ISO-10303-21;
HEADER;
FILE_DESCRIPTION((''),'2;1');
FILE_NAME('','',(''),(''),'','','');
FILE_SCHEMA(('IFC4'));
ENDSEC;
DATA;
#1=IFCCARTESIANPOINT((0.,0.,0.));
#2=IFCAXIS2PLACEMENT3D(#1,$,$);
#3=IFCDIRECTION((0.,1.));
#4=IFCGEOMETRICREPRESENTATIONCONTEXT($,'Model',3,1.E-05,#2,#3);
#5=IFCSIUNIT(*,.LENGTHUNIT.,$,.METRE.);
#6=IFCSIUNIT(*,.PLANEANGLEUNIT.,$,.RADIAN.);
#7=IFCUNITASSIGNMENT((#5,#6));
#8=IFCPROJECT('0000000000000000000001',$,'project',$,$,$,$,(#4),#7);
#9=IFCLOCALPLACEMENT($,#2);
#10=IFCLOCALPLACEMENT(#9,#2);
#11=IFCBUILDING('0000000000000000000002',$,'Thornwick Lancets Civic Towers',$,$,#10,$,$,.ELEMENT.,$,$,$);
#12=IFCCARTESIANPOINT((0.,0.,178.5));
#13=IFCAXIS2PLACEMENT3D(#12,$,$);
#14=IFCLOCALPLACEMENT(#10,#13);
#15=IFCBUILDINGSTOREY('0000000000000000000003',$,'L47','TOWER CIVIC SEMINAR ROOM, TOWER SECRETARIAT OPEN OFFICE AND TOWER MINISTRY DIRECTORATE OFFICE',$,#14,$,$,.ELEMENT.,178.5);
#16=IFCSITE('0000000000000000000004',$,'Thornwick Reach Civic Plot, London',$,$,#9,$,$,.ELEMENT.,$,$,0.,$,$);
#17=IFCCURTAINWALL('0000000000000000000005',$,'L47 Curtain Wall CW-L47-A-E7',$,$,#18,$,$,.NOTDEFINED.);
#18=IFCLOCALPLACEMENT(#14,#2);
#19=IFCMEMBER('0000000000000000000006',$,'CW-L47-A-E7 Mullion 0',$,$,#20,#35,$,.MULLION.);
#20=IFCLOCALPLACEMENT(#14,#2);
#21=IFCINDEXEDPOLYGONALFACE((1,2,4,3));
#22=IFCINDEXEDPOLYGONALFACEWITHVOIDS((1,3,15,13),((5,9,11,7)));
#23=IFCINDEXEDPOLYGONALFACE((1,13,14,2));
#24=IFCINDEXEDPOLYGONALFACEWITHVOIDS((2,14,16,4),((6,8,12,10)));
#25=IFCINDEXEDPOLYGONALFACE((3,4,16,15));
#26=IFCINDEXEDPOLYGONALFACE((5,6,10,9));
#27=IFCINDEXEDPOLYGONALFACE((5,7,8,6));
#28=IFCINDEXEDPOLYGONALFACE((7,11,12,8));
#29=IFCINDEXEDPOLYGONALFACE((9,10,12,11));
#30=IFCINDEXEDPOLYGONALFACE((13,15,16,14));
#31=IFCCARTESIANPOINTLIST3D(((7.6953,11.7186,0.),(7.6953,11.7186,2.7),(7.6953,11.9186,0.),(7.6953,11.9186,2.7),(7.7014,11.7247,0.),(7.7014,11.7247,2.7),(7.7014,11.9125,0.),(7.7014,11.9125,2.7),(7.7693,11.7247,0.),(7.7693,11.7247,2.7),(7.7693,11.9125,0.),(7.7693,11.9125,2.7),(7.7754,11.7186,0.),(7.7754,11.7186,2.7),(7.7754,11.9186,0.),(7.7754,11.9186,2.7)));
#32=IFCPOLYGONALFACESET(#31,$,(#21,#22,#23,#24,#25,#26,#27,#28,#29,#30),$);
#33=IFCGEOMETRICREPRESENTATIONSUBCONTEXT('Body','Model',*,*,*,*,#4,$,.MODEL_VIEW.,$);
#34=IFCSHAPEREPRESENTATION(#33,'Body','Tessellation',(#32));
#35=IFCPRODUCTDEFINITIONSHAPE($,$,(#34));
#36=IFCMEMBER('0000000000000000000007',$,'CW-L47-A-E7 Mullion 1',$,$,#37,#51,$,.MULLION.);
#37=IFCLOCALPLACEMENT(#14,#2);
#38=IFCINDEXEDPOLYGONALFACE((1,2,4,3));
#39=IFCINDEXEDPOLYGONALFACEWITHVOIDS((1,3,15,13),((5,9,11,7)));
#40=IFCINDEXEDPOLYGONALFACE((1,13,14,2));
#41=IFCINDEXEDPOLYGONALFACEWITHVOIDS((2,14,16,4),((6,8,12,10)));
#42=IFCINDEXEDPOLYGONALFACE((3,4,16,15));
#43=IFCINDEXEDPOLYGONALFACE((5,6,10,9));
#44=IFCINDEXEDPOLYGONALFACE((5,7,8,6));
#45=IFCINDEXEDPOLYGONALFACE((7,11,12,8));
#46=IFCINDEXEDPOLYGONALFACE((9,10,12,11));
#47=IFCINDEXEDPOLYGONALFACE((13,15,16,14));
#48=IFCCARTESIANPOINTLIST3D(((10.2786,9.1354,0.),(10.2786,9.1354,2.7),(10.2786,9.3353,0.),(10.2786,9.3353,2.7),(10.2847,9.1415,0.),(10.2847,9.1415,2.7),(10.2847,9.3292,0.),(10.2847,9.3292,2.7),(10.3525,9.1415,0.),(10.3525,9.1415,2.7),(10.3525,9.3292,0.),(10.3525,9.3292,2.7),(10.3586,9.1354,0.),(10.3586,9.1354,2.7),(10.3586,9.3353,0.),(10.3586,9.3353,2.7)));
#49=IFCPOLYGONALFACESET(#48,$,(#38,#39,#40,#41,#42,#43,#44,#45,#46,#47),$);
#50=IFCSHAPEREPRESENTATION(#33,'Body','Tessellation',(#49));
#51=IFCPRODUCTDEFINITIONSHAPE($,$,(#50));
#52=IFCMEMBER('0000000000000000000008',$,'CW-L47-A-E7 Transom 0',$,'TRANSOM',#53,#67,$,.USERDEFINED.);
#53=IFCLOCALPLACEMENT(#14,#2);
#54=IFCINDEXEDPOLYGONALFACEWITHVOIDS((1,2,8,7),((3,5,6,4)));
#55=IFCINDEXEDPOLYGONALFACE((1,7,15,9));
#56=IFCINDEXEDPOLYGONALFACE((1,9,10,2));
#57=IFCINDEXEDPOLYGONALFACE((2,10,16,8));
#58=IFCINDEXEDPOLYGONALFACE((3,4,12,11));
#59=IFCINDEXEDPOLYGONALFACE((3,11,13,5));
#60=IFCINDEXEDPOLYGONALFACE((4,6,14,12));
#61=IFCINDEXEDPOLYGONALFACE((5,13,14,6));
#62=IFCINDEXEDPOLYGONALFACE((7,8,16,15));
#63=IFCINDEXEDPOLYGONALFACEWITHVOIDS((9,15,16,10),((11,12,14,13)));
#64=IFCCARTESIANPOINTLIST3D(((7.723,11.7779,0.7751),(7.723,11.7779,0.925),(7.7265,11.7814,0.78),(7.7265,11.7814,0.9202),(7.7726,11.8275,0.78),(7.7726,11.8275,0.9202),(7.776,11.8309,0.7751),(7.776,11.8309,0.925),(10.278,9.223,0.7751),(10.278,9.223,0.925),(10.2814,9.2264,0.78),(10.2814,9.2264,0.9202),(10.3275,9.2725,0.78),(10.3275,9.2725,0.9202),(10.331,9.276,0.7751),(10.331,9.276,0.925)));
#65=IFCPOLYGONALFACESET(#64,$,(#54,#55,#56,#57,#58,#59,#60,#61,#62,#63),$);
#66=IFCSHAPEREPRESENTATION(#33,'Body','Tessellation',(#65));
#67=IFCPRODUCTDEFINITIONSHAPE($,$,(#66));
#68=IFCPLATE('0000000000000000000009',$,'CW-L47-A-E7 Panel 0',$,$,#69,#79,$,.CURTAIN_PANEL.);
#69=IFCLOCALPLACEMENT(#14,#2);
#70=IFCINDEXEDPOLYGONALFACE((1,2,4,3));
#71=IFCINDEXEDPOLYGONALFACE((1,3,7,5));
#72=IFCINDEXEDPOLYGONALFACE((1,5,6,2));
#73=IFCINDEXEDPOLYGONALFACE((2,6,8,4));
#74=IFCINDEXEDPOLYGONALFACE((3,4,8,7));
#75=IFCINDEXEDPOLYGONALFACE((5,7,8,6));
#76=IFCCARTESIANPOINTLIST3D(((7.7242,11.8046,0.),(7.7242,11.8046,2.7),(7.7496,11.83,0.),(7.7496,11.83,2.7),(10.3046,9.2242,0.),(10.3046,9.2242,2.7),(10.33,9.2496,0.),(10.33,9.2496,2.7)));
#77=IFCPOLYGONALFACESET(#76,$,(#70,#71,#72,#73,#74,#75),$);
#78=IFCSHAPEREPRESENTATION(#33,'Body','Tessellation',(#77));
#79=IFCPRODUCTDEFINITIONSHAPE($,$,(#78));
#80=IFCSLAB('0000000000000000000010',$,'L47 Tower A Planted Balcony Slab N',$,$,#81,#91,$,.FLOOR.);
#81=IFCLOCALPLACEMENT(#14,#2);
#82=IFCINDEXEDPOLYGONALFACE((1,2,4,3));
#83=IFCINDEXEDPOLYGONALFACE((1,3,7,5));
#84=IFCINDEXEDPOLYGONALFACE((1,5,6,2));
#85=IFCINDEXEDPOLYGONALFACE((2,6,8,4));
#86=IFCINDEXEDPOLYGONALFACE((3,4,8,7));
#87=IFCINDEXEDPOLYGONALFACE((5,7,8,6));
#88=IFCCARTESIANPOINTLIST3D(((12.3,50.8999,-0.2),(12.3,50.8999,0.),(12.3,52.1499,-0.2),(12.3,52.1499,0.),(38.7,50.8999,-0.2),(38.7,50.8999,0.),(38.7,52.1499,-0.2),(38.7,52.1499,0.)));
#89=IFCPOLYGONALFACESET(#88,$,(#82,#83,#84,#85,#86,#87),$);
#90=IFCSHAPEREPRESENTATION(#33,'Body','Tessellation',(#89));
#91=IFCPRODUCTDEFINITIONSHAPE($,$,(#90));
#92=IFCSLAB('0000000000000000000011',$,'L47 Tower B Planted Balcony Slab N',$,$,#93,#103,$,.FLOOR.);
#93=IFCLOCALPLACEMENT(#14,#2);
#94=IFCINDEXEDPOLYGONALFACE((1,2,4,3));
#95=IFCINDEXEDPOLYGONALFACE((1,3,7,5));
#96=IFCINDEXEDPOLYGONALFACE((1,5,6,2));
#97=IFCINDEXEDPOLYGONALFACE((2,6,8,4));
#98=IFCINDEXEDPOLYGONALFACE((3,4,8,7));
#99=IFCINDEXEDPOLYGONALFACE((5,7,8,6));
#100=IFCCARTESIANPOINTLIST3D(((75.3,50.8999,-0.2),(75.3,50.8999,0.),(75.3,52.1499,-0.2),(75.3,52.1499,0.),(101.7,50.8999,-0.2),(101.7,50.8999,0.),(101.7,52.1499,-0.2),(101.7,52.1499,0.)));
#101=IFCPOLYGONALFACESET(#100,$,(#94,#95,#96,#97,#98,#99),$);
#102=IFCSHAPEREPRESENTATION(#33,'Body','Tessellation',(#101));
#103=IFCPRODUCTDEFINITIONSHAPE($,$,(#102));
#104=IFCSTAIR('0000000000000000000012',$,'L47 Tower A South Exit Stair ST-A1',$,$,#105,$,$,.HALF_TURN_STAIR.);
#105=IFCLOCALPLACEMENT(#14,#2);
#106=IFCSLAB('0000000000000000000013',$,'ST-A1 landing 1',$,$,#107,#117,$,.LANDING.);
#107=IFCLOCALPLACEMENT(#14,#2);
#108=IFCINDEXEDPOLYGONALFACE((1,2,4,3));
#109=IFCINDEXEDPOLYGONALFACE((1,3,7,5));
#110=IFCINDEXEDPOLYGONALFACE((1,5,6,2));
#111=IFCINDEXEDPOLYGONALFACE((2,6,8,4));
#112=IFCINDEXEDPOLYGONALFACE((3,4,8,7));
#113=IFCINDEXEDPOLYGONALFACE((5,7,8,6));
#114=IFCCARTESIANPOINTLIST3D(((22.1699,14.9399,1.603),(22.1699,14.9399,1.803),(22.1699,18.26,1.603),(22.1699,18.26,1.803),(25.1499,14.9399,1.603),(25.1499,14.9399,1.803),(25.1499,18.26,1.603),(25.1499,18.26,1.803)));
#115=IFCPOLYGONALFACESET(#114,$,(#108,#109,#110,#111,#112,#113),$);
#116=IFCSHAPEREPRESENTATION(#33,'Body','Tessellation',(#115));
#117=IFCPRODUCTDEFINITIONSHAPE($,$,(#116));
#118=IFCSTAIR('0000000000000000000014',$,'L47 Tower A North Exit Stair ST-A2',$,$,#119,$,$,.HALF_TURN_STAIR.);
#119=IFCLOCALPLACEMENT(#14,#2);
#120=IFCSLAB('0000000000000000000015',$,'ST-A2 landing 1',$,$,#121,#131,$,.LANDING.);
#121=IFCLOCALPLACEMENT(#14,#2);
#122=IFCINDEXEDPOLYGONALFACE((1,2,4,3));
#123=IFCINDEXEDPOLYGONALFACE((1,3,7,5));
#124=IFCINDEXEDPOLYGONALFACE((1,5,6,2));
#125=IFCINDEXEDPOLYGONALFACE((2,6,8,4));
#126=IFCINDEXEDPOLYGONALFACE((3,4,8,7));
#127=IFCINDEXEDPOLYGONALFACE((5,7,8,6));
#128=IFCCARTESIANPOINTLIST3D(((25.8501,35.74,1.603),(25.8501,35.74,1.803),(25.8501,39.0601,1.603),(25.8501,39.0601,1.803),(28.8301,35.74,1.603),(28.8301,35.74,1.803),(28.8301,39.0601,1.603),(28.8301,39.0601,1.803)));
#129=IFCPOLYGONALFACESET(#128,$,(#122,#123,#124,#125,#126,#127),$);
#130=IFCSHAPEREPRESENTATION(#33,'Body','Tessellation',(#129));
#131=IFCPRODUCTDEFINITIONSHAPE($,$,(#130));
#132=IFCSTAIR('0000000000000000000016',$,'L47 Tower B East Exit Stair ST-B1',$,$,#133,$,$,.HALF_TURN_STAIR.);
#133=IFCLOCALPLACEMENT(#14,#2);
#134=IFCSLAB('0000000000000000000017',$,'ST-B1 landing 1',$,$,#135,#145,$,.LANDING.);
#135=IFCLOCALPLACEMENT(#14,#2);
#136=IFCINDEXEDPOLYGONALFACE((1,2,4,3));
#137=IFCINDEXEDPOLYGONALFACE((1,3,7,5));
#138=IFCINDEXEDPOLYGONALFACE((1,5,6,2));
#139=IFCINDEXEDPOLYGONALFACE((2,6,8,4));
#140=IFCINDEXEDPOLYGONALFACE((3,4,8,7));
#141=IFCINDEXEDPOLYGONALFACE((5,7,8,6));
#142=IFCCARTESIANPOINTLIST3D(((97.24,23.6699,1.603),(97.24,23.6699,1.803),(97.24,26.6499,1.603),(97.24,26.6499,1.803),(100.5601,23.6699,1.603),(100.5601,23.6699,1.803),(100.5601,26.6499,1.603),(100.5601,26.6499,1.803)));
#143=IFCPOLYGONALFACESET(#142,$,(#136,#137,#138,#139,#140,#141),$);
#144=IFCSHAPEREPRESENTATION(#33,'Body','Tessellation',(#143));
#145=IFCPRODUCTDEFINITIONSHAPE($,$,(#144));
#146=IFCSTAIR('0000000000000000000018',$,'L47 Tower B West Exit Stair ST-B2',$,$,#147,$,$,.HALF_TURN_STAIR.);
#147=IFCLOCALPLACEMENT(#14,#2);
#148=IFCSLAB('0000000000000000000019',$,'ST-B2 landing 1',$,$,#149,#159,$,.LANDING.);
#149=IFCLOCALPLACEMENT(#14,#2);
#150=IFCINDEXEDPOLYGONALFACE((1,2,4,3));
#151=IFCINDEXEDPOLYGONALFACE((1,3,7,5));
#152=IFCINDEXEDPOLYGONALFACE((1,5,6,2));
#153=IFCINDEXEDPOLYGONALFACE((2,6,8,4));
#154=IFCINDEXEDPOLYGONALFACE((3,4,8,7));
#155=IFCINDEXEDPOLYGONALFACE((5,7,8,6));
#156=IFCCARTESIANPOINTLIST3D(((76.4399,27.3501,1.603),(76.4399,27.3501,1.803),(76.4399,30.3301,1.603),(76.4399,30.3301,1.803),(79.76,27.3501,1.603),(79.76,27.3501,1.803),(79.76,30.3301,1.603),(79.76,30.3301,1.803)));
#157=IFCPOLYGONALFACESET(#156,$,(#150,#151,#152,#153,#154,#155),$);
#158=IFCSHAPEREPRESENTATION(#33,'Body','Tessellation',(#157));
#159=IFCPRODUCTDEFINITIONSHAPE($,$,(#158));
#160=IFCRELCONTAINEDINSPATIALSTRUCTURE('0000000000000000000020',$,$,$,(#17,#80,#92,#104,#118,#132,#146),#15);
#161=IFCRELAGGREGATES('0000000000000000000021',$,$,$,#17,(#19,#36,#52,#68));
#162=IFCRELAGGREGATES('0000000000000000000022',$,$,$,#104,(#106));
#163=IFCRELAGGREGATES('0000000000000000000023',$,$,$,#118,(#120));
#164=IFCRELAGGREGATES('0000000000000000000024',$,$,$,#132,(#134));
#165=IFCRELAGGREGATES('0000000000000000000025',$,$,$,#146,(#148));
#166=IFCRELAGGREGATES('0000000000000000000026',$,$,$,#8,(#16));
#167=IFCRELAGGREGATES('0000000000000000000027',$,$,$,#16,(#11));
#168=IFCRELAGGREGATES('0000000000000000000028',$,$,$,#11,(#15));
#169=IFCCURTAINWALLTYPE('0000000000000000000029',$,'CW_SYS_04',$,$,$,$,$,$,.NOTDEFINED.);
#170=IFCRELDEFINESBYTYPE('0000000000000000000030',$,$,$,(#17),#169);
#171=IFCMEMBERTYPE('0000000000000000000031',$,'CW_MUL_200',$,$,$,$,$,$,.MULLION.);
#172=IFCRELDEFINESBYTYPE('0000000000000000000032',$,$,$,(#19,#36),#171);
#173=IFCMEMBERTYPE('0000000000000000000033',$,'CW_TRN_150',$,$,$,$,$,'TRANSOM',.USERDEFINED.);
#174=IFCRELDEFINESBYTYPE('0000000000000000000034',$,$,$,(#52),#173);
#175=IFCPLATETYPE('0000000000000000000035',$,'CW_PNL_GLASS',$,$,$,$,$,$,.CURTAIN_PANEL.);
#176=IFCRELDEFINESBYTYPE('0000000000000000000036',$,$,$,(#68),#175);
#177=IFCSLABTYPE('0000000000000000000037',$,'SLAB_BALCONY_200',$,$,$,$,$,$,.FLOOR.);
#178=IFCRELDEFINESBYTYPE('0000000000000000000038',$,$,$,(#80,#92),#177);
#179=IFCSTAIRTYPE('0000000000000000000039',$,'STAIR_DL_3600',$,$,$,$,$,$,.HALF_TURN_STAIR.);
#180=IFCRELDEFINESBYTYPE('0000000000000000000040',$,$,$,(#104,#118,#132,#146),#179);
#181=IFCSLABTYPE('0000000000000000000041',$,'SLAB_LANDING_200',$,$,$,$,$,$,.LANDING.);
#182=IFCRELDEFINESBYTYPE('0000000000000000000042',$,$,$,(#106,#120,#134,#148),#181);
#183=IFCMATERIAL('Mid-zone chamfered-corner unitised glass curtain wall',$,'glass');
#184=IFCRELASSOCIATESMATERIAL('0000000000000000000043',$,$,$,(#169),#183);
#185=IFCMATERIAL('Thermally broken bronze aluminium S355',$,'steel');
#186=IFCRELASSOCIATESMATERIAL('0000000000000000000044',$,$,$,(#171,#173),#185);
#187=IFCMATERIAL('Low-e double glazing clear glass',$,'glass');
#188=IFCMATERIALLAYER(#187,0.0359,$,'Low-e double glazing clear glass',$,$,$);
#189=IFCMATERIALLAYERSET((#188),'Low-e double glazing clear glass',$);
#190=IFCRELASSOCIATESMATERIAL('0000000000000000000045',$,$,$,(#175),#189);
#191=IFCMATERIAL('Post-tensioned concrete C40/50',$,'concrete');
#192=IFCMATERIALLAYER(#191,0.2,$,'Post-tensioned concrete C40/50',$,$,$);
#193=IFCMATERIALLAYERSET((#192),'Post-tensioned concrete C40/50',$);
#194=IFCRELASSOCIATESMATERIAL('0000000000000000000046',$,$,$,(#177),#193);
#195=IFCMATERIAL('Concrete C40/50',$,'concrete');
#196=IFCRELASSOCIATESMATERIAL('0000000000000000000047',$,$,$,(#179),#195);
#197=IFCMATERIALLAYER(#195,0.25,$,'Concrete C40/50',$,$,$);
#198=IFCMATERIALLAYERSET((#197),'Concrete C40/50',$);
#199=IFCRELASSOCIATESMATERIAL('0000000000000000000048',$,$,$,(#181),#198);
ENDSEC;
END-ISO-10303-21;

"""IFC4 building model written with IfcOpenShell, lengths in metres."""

from ifc_helpers import new_model, si_unit, direction, frame, origin, origin_2d, place, context, subcontext, project, spatial, polyline, rectangle, hollow_rectangle, outline, extrude, material, layer, layer_set, material_profile, profile_set, type_object, element, aggregate, save


model = new_model("IFC4")

# Units and contexts
model_context = context("Model", 3, precision=1e-05, world=origin(), true_north=direction((0.0, 1.0)))
body_context = subcontext(model_context, "Body", "Model", "MODEL_VIEW")
ifc_project = project(units=[si_unit("LENGTHUNIT", "METRE"), si_unit("PLANEANGLEUNIT", "RADIAN")], contexts=[model_context])

# Site, building, storey
site_placement = place(None, origin())
site = spatial("IfcSite", under=ifc_project, at=site_placement, Name="Thornwick Reach Civic Plot, London", CompositionType="ELEMENT", RefElevation=0.0)
building_placement = place(site_placement, origin())
building = spatial("IfcBuilding", under=site, at=building_placement, Name="Thornwick Lancets Civic Towers", CompositionType="ELEMENT")
storey_placement = place(building_placement, frame((0.0, 0.0, 178.5)))
storey = spatial("IfcBuildingStorey", under=building, at=storey_placement, Name="L47", Description="TOWER CIVIC SEMINAR ROOM, TOWER SECRETARIAT OPEN OFFICE AND TOWER MINISTRY DIRECTORATE OFFICE", CompositionType="ELEMENT", Elevation=178.5)

# Curtain wall, members, plate
ifc_material_1 = material(Name="Mid-zone chamfered-corner unitised glass curtain wall", Category="glass")
curtain_wall_type = type_object("IfcCurtainWallType", Name="CW_SYS_04", PredefinedType="NOTDEFINED", material=ifc_material_1)
curtain_wall_placement = place(storey_placement, origin())
curtain_wall = element("IfcCurtainWall", 1, at=curtain_wall_placement, inside=storey, type_object=curtain_wall_type, Name="L47 Curtain Wall CW-L47-A-E7", PredefinedType="NOTDEFINED")
ifc_material_2 = material(Name="Thermally broken bronze aluminium S355", Category="steel")
ifc_material_profile_1 = material_profile(ifc_material_2, hollow_rectangle(XDim=0.0801, YDim=0.2, WallThickness=0.0061, at=origin_2d()), Name="RHS 200x80x6")
ifc_profile_set_1 = profile_set([ifc_material_profile_1], Name="Thermally broken bronze aluminium S355")
member_type_1 = type_object("IfcMemberType", Name="CW_MUL_200", PredefinedType="MULLION", material=ifc_profile_set_1)
member_1_placement = place(storey_placement, frame((7.7354, 11.8186, 0.0), z_axis=(0.0, 0.0, 1.0), x_axis=(1.0, 0.0, 0.0)))
member_1 = element("IfcMember", 2, at=member_1_placement, type_object=member_type_1, Name="CW-L47-A-E7 Mullion 0", PredefinedType="MULLION", context=body_context, shape_type="SweptSolid", body=[
    extrude(hollow_rectangle(XDim=0.0801, YDim=0.2, WallThickness=0.0061, at=origin_2d()), origin(), (0.0, 0.0, 1.0), 2.7),
])
member_2_placement = place(storey_placement, frame((10.3186, 9.2354, 0.0), z_axis=(0.0, 0.0, 1.0), x_axis=(1.0, 0.0, 0.0)))
member_2 = element("IfcMember", 3, at=member_2_placement, type_object=member_type_1, Name="CW-L47-A-E7 Mullion 1", PredefinedType="MULLION", context=body_context, shape_type="SweptSolid", body=[
    extrude(hollow_rectangle(XDim=0.0801, YDim=0.2, WallThickness=0.0061, at=origin_2d()), origin(), (0.0, 0.0, 1.0), 2.7),
])
ifc_material_profile_2 = material_profile(ifc_material_2, hollow_rectangle(XDim=0.075, YDim=0.1499, WallThickness=0.0049, at=origin_2d()), Name="RHS 150x75x5")
ifc_profile_set_2 = profile_set([ifc_material_profile_2], Name="Thermally broken bronze aluminium S355")
member_type_2 = type_object("IfcMemberType", Name="CW_TRN_150", ElementType="TRANSOM", PredefinedType="USERDEFINED", material=ifc_profile_set_2)
member_3_placement = place(storey_placement, frame((7.7495, 11.8044, 0.8501), z_axis=(0.707107, -0.707107, 0.0), x_axis=(0.707107, 0.707107, 0.0)))
member_3 = element("IfcMember", 4, at=member_3_placement, type_object=member_type_2, Name="CW-L47-A-E7 Transom 0", ObjectType="TRANSOM", PredefinedType="USERDEFINED", context=body_context, shape_type="SweptSolid", body=[
    extrude(hollow_rectangle(XDim=0.075, YDim=0.1499, WallThickness=0.0049, at=origin_2d()), origin(), (0.0, 0.0, 1.0), 3.6133),
])
ifc_material_3 = material(Name="Low-e double glazing clear glass", Category="glass")
ifc_layer_1 = layer(ifc_material_3, 0.0359, Name="Low-e double glazing clear glass")
ifc_layer_set_1 = layer_set([ifc_layer_1], Name="Low-e double glazing clear glass")
plate_type = type_object("IfcPlateType", Name="CW_PNL_GLASS", PredefinedType="CURTAIN_PANEL", material=ifc_layer_set_1)
plate_placement = place(storey_placement, frame((9.0271, 10.5271, 0.0), z_axis=(0.0, 0.0, 1.0), x_axis=(0.707107, -0.707107, 0.0)))
plate = element("IfcPlate", 5, at=plate_placement, type_object=plate_type, Name="CW-L47-A-E7 Panel 0", PredefinedType="CURTAIN_PANEL", context=body_context, shape_type="SweptSolid", body=[
    extrude(rectangle(XDim=3.6492, YDim=0.0359, at=origin_2d()), origin(), (0.0, 0.0, 1.0), 2.7),
])
aggregate(curtain_wall, [member_1, member_2, member_3, plate])

# Slabs
ifc_material_4 = material(Name="Post-tensioned concrete C40/50", Category="concrete")
ifc_layer_2 = layer(ifc_material_4, 0.2, Name="Post-tensioned concrete C40/50")
ifc_layer_set_2 = layer_set([ifc_layer_2], Name="Post-tensioned concrete C40/50")
slab_type_1 = type_object("IfcSlabType", Name="SLAB_BALCONY_200", PredefinedType="FLOOR", material=ifc_layer_set_2)
slab_1_placement = place(storey_placement, frame((0.0, 0.0, -0.2)))
element("IfcSlab", 6, at=slab_1_placement, inside=storey, type_object=slab_type_1, Name="L47 Tower A Planted Balcony Slab N", PredefinedType="FLOOR", context=body_context, shape_type="SweptSolid", body=[
    extrude(outline(polyline([(12.3, 50.8999), (38.7, 50.8999), (38.7, 52.1499), (12.3, 52.1499), (12.3, 50.8999)])), origin(), (0.0, 0.0, 1.0), 0.2),
])
slab_2_placement = place(storey_placement, frame((0.0, 0.0, -0.2)))
element("IfcSlab", 7, at=slab_2_placement, inside=storey, type_object=slab_type_1, Name="L47 Tower B Planted Balcony Slab N", PredefinedType="FLOOR", context=body_context, shape_type="SweptSolid", body=[
    extrude(outline(polyline([(75.3, 50.8999), (101.7, 50.8999), (101.7, 52.1499), (75.3, 52.1499), (75.3, 50.8999)])), origin(), (0.0, 0.0, 1.0), 0.2),
])

# Stairs, slabs
ifc_material_5 = material(Name="Concrete C40/50", Category="concrete")
stair_type = type_object("IfcStairType", Name="STAIR_DL_3600", PredefinedType="HALF_TURN_STAIR", material=ifc_material_5)
stair_1_placement = place(storey_placement, origin())
stair_1 = element("IfcStair", 8, at=stair_1_placement, inside=storey, type_object=stair_type, Name="L47 Tower A South Exit Stair ST-A1", PredefinedType="HALF_TURN_STAIR")
ifc_layer_3 = layer(ifc_material_5, 0.25, Name="Concrete C40/50")
ifc_layer_set_3 = layer_set([ifc_layer_3], Name="Concrete C40/50")
slab_type_2 = type_object("IfcSlabType", Name="SLAB_LANDING_200", PredefinedType="LANDING", material=ifc_layer_set_3)
slab_3_placement = place(storey_placement, frame((0.0, 0.0, 1.603)))
slab_3 = element("IfcSlab", 9, at=slab_3_placement, type_object=slab_type_2, Name="ST-A1 landing 1", PredefinedType="LANDING", context=body_context, shape_type="SweptSolid", body=[
    extrude(outline(polyline([(22.1699, 14.9399), (25.1499, 14.9399), (25.1499, 18.26), (22.1699, 18.26), (22.1699, 14.9399)])), origin(), (0.0, 0.0, 1.0), 0.2),
])
aggregate(stair_1, [slab_3])
stair_2_placement = place(storey_placement, origin())
stair_2 = element("IfcStair", 10, at=stair_2_placement, inside=storey, type_object=stair_type, Name="L47 Tower A North Exit Stair ST-A2", PredefinedType="HALF_TURN_STAIR")
slab_4_placement = place(storey_placement, frame((0.0, 0.0, 1.603)))
slab_4 = element("IfcSlab", 11, at=slab_4_placement, type_object=slab_type_2, Name="ST-A2 landing 1", PredefinedType="LANDING", context=body_context, shape_type="SweptSolid", body=[
    extrude(outline(polyline([(28.8301, 39.0601), (25.8501, 39.0601), (25.8501, 35.74), (28.8301, 35.74), (28.8301, 39.0601)])), origin(), (0.0, 0.0, 1.0), 0.2),
])
aggregate(stair_2, [slab_4])
stair_3_placement = place(storey_placement, origin())
stair_3 = element("IfcStair", 12, at=stair_3_placement, inside=storey, type_object=stair_type, Name="L47 Tower B East Exit Stair ST-B1", PredefinedType="HALF_TURN_STAIR")
slab_5_placement = place(storey_placement, frame((0.0, 0.0, 1.603)))
slab_5 = element("IfcSlab", 13, at=slab_5_placement, type_object=slab_type_2, Name="ST-B1 landing 1", PredefinedType="LANDING", context=body_context, shape_type="SweptSolid", body=[
    extrude(outline(polyline([(100.5601, 23.6699), (100.5601, 26.6499), (97.24, 26.6499), (97.24, 23.6699), (100.5601, 23.6699)])), origin(), (0.0, 0.0, 1.0), 0.2),
])
aggregate(stair_3, [slab_5])
stair_4_placement = place(storey_placement, origin())
stair_4 = element("IfcStair", 14, at=stair_4_placement, inside=storey, type_object=stair_type, Name="L47 Tower B West Exit Stair ST-B2", PredefinedType="HALF_TURN_STAIR")
slab_6_placement = place(storey_placement, frame((0.0, 0.0, 1.603)))
slab_6 = element("IfcSlab", 15, at=slab_6_placement, type_object=slab_type_2, Name="ST-B2 landing 1", PredefinedType="LANDING", context=body_context, shape_type="SweptSolid", body=[
    extrude(outline(polyline([(76.4399, 30.3301), (76.4399, 27.3501), (79.76, 27.3501), (79.76, 30.3301), (76.4399, 30.3301)])), origin(), (0.0, 0.0, 1.0), 0.2),
])
aggregate(stair_4, [slab_6])

save(model, "model.ifc")
